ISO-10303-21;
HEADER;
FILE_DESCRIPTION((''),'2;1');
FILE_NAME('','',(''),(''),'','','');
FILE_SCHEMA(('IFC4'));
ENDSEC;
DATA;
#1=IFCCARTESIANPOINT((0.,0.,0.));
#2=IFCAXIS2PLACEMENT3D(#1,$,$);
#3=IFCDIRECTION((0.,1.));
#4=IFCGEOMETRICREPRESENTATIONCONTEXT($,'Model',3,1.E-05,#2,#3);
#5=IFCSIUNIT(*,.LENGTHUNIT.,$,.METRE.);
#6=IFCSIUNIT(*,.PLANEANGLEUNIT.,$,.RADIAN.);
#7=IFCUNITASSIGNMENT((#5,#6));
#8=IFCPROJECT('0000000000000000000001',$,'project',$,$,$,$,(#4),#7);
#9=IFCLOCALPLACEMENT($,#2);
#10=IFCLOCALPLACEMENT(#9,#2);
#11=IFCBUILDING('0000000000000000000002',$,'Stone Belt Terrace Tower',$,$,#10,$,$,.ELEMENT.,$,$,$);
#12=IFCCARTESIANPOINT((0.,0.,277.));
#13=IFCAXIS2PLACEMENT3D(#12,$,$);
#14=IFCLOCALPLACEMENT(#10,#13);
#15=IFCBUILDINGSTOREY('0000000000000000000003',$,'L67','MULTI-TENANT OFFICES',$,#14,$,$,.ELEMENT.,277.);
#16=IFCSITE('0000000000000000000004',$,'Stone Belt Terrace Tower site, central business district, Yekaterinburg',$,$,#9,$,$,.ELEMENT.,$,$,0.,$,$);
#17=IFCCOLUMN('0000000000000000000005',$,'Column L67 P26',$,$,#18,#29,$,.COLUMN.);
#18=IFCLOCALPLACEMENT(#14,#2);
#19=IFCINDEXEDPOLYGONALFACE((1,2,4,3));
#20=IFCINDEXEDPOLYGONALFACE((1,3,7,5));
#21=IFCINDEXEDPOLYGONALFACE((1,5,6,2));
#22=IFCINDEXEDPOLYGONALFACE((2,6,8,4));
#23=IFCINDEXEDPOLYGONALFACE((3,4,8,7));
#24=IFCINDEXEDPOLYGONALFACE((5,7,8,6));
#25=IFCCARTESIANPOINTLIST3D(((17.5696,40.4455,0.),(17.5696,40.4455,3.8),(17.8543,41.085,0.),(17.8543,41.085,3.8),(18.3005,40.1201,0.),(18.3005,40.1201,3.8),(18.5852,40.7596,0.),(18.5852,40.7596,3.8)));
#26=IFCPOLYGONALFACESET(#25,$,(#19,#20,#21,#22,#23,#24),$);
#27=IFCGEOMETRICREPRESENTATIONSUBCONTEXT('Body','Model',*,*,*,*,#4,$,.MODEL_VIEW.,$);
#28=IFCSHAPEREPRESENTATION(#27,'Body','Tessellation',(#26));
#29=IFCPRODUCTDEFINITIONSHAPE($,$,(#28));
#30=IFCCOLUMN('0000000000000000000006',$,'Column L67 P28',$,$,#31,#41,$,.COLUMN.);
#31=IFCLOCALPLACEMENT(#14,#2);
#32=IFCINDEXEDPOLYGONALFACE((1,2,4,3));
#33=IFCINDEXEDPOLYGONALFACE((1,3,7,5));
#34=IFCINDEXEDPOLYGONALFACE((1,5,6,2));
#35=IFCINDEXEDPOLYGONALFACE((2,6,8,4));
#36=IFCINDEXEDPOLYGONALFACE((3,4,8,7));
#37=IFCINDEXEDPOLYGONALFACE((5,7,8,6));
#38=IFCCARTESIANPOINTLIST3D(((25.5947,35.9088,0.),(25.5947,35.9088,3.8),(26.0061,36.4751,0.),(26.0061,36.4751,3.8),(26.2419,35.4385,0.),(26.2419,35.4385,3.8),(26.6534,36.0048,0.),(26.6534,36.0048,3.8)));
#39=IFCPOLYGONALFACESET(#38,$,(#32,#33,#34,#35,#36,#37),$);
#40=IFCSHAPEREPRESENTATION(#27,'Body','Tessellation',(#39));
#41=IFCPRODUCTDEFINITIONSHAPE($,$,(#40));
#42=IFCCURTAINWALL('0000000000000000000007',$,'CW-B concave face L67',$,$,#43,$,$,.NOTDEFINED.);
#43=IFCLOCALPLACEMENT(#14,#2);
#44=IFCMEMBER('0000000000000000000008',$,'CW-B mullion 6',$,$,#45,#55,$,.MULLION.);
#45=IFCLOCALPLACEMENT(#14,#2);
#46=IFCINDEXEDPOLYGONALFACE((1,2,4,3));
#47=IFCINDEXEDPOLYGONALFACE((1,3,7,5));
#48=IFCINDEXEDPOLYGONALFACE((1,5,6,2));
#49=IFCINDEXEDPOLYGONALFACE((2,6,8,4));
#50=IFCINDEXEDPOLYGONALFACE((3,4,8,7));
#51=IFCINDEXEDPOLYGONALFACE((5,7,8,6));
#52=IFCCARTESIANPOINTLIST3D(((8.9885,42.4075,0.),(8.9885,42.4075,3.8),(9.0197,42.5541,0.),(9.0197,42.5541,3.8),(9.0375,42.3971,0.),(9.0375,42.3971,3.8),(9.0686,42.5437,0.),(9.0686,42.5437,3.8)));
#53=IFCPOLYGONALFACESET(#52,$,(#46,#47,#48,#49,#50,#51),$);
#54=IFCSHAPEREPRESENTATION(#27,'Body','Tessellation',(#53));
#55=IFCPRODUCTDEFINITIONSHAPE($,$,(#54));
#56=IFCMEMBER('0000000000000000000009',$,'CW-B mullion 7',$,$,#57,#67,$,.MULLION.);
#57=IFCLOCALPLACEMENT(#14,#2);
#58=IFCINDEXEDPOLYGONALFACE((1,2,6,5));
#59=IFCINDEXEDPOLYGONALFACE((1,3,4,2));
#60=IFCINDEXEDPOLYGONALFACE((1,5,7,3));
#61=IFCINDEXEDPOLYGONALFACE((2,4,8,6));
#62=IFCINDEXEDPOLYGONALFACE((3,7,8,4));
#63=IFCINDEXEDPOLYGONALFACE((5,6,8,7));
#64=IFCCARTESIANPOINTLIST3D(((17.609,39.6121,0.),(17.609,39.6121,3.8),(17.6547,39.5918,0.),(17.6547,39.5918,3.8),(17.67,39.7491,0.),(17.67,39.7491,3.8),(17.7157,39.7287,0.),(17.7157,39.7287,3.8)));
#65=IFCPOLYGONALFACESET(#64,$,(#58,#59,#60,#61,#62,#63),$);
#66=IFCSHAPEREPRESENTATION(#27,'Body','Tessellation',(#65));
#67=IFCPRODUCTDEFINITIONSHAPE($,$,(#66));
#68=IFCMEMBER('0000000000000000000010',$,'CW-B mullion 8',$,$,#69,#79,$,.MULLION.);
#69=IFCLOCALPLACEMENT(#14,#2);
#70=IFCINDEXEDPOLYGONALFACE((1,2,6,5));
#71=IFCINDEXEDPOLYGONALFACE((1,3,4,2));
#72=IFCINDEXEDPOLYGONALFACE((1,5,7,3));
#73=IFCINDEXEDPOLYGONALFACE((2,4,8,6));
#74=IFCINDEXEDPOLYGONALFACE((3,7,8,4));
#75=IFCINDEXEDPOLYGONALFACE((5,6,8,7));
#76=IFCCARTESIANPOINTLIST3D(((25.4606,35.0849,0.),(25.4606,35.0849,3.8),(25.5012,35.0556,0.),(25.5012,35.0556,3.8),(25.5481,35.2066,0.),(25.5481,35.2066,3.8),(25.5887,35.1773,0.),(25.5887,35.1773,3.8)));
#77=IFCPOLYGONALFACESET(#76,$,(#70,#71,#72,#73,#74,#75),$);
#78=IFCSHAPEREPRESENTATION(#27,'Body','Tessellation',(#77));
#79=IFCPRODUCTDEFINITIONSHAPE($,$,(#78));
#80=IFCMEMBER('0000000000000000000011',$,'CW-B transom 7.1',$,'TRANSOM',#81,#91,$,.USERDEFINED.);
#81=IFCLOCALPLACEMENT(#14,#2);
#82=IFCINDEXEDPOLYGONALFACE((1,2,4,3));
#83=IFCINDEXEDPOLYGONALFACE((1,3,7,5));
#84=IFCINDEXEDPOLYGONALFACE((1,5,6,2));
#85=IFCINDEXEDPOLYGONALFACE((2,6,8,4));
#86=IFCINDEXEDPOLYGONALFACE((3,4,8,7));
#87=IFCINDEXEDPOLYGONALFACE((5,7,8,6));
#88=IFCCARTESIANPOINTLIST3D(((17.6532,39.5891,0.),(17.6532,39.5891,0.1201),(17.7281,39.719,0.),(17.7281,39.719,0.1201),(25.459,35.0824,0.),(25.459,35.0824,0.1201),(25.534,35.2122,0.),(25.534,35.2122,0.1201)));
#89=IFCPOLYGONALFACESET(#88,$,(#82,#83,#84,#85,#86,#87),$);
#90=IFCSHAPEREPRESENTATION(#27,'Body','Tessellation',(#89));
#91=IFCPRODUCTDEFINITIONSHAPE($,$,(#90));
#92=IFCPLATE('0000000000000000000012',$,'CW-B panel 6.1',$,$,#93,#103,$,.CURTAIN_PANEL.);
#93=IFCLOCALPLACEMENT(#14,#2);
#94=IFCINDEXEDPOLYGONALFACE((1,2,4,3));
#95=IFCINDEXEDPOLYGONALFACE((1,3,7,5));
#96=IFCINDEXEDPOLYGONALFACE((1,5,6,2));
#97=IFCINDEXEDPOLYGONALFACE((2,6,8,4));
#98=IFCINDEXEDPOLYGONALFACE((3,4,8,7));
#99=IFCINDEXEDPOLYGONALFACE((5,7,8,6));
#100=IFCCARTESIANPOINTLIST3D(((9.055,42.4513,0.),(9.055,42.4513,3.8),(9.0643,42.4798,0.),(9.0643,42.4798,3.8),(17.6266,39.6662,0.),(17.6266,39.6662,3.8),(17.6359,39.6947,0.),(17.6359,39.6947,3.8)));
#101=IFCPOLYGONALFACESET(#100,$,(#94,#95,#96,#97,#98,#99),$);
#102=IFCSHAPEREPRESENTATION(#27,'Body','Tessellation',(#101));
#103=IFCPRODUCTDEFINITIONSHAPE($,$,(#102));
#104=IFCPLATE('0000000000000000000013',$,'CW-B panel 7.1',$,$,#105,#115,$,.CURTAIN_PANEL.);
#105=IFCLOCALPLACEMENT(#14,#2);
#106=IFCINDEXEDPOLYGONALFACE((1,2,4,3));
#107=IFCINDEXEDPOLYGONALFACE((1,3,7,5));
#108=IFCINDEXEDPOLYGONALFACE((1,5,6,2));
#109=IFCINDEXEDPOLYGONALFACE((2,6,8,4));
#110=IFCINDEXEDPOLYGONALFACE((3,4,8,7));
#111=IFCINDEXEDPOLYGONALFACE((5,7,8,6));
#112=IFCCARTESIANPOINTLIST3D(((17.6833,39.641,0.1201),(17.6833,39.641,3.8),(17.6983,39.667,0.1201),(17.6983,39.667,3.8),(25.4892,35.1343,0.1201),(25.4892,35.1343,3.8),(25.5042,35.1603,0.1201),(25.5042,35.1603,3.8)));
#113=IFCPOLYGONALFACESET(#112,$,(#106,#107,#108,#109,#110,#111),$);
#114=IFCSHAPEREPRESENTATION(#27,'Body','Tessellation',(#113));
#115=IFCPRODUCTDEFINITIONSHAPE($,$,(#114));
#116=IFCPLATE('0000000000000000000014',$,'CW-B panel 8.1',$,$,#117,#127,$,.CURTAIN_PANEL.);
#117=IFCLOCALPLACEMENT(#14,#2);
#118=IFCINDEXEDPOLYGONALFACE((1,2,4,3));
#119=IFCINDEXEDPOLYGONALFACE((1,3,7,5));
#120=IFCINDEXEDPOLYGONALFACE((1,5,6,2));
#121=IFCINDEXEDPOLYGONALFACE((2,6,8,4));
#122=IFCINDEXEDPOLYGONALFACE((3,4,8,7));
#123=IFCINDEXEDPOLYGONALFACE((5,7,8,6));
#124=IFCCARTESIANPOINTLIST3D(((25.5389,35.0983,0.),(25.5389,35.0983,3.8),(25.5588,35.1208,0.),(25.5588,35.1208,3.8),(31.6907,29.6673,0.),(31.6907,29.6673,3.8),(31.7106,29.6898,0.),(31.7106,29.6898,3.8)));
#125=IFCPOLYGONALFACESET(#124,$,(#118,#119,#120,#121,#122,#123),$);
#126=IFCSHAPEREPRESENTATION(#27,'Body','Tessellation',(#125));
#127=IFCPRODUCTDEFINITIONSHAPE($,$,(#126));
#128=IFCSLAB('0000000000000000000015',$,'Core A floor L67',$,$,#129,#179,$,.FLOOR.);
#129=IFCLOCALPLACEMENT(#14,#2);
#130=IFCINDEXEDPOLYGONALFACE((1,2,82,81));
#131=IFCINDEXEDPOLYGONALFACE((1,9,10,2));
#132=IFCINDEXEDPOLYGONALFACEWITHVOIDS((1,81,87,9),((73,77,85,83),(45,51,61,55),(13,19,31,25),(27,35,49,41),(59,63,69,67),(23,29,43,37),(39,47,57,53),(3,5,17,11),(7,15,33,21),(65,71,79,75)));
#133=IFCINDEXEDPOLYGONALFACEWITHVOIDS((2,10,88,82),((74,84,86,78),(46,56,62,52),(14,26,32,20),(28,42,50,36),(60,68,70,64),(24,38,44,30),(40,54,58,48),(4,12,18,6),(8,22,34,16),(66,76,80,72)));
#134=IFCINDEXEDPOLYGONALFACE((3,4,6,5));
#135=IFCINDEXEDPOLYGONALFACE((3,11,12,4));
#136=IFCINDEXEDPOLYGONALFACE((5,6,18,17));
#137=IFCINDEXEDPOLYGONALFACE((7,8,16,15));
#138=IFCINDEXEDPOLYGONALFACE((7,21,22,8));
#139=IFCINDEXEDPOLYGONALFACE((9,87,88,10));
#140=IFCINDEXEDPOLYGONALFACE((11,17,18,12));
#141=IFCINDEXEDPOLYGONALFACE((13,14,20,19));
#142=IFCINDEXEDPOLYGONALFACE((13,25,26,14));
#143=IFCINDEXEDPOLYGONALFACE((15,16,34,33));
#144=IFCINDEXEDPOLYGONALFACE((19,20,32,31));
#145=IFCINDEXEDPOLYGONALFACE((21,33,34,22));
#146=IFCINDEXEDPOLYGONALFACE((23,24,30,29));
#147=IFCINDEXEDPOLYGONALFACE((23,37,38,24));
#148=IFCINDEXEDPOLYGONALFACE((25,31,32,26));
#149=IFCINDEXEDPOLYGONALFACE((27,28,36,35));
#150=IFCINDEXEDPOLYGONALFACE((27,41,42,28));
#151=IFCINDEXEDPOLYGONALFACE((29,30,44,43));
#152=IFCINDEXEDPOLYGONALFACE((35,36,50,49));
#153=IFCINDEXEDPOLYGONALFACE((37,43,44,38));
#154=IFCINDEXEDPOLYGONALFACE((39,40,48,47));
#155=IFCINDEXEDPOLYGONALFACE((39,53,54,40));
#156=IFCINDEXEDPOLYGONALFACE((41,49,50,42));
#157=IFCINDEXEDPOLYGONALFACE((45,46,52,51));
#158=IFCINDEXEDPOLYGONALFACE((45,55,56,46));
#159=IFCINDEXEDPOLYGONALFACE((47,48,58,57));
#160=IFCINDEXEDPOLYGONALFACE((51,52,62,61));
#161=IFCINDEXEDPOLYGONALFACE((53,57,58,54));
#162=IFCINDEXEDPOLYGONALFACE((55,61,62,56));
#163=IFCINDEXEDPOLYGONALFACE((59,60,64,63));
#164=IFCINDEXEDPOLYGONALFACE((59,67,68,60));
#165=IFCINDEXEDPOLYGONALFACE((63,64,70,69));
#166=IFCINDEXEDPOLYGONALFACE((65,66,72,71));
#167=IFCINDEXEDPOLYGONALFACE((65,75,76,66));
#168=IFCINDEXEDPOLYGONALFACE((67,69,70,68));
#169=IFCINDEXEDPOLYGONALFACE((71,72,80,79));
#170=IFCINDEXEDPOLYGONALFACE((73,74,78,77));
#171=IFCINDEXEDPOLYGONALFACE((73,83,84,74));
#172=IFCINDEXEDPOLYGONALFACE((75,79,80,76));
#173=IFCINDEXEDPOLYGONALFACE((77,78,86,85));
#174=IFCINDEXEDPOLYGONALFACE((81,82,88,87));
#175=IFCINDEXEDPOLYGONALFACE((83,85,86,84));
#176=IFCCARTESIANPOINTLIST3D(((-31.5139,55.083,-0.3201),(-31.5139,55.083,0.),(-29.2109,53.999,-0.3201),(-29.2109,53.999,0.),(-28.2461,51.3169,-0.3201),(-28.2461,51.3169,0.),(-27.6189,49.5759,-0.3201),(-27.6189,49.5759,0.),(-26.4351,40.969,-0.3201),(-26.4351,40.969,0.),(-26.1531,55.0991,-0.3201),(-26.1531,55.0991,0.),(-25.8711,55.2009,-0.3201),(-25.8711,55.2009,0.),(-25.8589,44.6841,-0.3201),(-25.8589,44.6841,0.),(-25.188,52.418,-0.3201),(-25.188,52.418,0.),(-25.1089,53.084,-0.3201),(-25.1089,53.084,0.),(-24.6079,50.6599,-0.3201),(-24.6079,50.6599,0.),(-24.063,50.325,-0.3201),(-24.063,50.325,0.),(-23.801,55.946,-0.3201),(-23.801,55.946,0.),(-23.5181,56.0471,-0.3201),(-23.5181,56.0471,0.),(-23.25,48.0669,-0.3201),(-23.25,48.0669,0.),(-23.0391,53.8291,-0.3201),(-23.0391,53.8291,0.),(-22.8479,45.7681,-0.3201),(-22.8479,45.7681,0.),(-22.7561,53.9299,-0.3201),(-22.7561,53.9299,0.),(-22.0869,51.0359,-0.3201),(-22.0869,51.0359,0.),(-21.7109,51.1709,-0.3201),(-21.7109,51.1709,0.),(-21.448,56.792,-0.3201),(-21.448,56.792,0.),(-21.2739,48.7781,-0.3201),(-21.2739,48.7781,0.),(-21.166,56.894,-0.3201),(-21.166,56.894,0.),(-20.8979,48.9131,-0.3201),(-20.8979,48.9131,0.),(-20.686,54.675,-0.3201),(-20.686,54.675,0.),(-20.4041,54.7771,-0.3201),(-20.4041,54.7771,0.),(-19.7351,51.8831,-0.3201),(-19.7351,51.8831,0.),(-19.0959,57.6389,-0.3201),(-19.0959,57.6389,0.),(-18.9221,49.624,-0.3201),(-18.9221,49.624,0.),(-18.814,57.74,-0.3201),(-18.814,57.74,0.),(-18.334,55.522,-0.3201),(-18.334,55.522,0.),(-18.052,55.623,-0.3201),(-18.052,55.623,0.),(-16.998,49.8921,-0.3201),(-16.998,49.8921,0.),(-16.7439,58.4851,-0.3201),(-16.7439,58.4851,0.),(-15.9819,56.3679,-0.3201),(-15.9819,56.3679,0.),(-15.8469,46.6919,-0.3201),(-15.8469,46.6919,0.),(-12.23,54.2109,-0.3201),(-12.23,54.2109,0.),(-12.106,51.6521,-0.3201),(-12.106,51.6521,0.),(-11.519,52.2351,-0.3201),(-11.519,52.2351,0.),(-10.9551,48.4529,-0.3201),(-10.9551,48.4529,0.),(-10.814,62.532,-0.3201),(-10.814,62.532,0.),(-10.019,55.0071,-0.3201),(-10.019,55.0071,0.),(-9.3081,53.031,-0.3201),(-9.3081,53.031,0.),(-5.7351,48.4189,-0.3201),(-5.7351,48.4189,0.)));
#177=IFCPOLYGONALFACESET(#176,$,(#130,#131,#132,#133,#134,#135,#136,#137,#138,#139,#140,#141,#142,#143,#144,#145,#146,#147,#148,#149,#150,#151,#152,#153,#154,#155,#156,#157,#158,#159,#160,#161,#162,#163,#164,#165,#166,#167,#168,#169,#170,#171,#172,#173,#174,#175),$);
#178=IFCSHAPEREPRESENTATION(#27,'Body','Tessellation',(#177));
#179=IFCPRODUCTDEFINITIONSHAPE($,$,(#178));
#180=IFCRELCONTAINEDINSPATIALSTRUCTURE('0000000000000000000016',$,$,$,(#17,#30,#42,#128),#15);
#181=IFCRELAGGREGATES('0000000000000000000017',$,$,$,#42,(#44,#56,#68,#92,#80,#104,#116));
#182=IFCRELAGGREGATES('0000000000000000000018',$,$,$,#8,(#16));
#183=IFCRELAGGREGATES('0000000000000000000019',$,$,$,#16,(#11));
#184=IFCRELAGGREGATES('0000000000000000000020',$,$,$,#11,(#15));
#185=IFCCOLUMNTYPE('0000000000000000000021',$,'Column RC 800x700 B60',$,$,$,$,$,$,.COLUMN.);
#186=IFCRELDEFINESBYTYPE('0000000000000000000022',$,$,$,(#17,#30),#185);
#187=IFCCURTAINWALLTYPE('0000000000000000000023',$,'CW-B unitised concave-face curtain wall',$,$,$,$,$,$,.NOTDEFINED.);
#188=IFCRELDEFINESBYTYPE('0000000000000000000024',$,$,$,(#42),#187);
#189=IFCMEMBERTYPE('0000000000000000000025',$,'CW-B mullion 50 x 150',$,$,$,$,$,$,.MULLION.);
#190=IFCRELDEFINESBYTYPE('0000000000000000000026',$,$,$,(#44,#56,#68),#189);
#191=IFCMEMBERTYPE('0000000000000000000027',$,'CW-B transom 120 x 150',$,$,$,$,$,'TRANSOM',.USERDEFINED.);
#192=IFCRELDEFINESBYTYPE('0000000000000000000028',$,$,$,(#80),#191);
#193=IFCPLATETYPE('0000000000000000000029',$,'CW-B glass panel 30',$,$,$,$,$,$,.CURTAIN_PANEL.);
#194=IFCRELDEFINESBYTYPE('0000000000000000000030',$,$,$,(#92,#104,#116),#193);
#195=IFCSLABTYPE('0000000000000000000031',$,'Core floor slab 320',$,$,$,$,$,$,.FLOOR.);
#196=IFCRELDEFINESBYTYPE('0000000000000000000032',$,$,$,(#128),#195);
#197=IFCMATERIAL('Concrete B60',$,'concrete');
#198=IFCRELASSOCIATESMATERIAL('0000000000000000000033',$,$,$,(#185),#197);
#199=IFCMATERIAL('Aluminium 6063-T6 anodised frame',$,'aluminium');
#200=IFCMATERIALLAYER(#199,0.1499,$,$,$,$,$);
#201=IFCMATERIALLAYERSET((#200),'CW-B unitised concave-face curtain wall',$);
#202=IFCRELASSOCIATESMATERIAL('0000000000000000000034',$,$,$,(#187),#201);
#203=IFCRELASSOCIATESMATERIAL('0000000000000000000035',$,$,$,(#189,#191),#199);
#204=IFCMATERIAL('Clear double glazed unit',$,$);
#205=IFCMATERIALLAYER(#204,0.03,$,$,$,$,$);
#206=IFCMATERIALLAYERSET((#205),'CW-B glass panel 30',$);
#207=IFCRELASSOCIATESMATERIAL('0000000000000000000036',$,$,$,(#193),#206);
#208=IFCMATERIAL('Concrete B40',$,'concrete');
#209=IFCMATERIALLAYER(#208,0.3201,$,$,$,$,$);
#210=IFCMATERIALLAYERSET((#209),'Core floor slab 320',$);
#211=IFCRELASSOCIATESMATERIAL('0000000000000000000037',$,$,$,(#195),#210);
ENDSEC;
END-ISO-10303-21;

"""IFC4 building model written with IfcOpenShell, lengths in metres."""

from ifc_helpers import new_model, si_unit, direction, frame, origin, origin_2d, place, context, subcontext, project, spatial, polyline, rectangle, outline, extrude, material, layer, layer_set, material_profile, profile_set, type_object, element, aggregate, save


model = new_model("IFC4")

# Units and contexts
model_context = context("Model", 3, precision=1e-05, world=origin(), true_north=direction((0.0, 1.0)))
body_context = subcontext(model_context, "Body", "Model", "MODEL_VIEW")
ifc_project = project(units=[si_unit("LENGTHUNIT", "METRE"), si_unit("PLANEANGLEUNIT", "RADIAN")], contexts=[model_context])

# Site, building, storey
site_placement = place(None, origin())
site = spatial("IfcSite", under=ifc_project, at=site_placement, Name="Stone Belt Terrace Tower site, central business district, Yekaterinburg", CompositionType="ELEMENT", RefElevation=0.0)
building_placement = place(site_placement, origin())
building = spatial("IfcBuilding", under=site, at=building_placement, Name="Stone Belt Terrace Tower", CompositionType="ELEMENT")
storey_placement = place(building_placement, frame((0.0, 0.0, 277.0)))
storey = spatial("IfcBuildingStorey", under=building, at=storey_placement, Name="L67", Description="MULTI-TENANT OFFICES", CompositionType="ELEMENT", Elevation=277.0)

# Columns
ifc_material_1 = material(Name="Concrete B60", Category="concrete")
ifc_material_profile_1 = material_profile(ifc_material_1, rectangle(XDim=0.8, YDim=0.7, at=origin_2d()), Name="RC 800x700")
ifc_profile_set_1 = profile_set([ifc_material_profile_1], Name="Concrete B60")
column_type = type_object("IfcColumnType", Name="Column RC 800x700 B60", PredefinedType="COLUMN", material=ifc_profile_set_1)
for number, where, z_axis, x_axis, name in (
    (1, (18.0774, 40.6025, 0.0), (0.0, 0.0, 1.0), (0.913545, -0.406737, 0.0), "Column L67 P26"),
    (2, (26.124, 35.9568, 0.0), (0.0, 0.0, 1.0), (0.809017, -0.587785, 0.0), "Column L67 P28"),
):
    element("IfcColumn", number, at=place(storey_placement, frame(where, z_axis=z_axis, x_axis=x_axis)), inside=storey, type_object=column_type, Name=name, PredefinedType="COLUMN", context=body_context, shape_type="SweptSolid", body=[
        extrude(rectangle(XDim=0.8, YDim=0.7, at=origin_2d()), origin(), (0.0, 0.0, 1.0), 3.8),
    ])

# Curtain wall, members, plates
ifc_material_2 = material(Name="Aluminium 6063-T6 anodised frame", Category="aluminium")
ifc_layer_1 = layer(ifc_material_2, 0.1499)
ifc_layer_set_1 = layer_set([ifc_layer_1], Name="CW-B unitised concave-face curtain wall")
curtain_wall_type = type_object("IfcCurtainWallType", Name="CW-B unitised concave-face curtain wall", PredefinedType="NOTDEFINED", material=ifc_layer_set_1)
curtain_wall_placement = place(storey_placement, origin())
curtain_wall = element("IfcCurtainWall", 3, at=curtain_wall_placement, inside=storey, type_object=curtain_wall_type, Name="CW-B concave face L67", PredefinedType="NOTDEFINED")
ifc_material_profile_2 = material_profile(ifc_material_2, rectangle(XDim=0.1499, YDim=0.05, at=origin_2d()), Name="Aluminium 6063-T6 50x150")
ifc_profile_set_2 = profile_set([ifc_material_profile_2], Name="Aluminium 6063-T6 anodised frame")
member_type_1 = type_object("IfcMemberType", Name="CW-B mullion 50 x 150", PredefinedType="MULLION", material=ifc_profile_set_2)
member_1_placement = place(storey_placement, frame((9.0286, 42.4756, 0.0), z_axis=(0.0, 0.0, 1.0), x_axis=(0.207912, 0.978148, 0.0)))
member_1 = element("IfcMember", 4, at=member_1_placement, type_object=member_type_1, Name="CW-B mullion 6", PredefinedType="MULLION", context=body_context, shape_type="SweptSolid", body=[
    extrude(rectangle(XDim=0.1499, YDim=0.05, at=origin_2d()), origin(), (0.0, 0.0, 1.0), 3.8),
])
member_2_placement = place(storey_placement, frame((17.6624, 39.6704, 0.0), z_axis=(0.0, 0.0, 1.0), x_axis=(0.406737, 0.913545, 0.0)))
member_2 = element("IfcMember", 5, at=member_2_placement, type_object=member_type_1, Name="CW-B mullion 7", PredefinedType="MULLION", context=body_context, shape_type="SweptSolid", body=[
    extrude(rectangle(XDim=0.1499, YDim=0.05, at=origin_2d()), origin(), (0.0, 0.0, 1.0), 3.8),
])
member_3_placement = place(storey_placement, frame((25.5247, 35.1311, 0.0), z_axis=(0.0, 0.0, 1.0), x_axis=(0.583819, 0.811884, 0.0)))
member_3 = element("IfcMember", 6, at=member_3_placement, type_object=member_type_1, Name="CW-B mullion 8", PredefinedType="MULLION", context=body_context, shape_type="SweptSolid", body=[
    extrude(rectangle(XDim=0.1499, YDim=0.05, at=origin_2d()), origin(), (0.0, 0.0, 1.0), 3.8),
])
ifc_material_profile_3 = material_profile(ifc_material_2, rectangle(XDim=0.1499, YDim=0.1201, at=origin_2d()), Name="Aluminium 6063-T6 150x120")
ifc_profile_set_3 = profile_set([ifc_material_profile_3], Name="Aluminium 6063-T6 anodised frame")
member_type_2 = type_object("IfcMemberType", Name="CW-B transom 120 x 150", ElementType="TRANSOM", PredefinedType="USERDEFINED", material=ifc_profile_set_3)
member_4_placement = place(storey_placement, frame((17.6907, 39.6541, 0.0601), z_axis=(0.866021, -0.500008, 0.0), x_axis=(0.500008, 0.866021, 0.0)))
member_4 = element("IfcMember", 7, at=member_4_placement, type_object=member_type_2, Name="CW-B transom 7.1", ObjectType="TRANSOM", PredefinedType="USERDEFINED", context=body_context, shape_type="SweptSolid", body=[
    extrude(rectangle(XDim=0.1499, YDim=0.1201, at=origin_2d()), origin(), (0.0, 0.0, 1.0), 9.0134),
])
ifc_material_3 = material(Name="Clear double glazed unit")
ifc_layer_2 = layer(ifc_material_3, 0.03)
ifc_layer_set_2 = layer_set([ifc_layer_2], Name="CW-B glass panel 30")
plate_type = type_object("IfcPlateType", Name="CW-B glass panel 30", PredefinedType="CURTAIN_PANEL", material=ifc_layer_set_2)
plate_1_placement = place(storey_placement, frame((13.3455, 41.073, 0.0), z_axis=(0.0, 0.0, 1.0), x_axis=(0.951057, -0.309017, 0.0)))
plate_1 = element("IfcPlate", 8, at=plate_1_placement, type_object=plate_type, Name="CW-B panel 6.1", PredefinedType="CURTAIN_PANEL", context=body_context, shape_type="SweptSolid", body=[
    extrude(rectangle(XDim=9.0127, YDim=0.03, at=origin_2d()), origin(), (0.0, 0.0, 1.0), 3.8),
])
plate_2_placement = place(storey_placement, frame((21.5938, 37.4006, 0.1201), z_axis=(0.0, 0.0, 1.0), x_axis=(0.866025, -0.5, 0.0)))
plate_2 = element("IfcPlate", 9, at=plate_2_placement, type_object=plate_type, Name="CW-B panel 7.1", PredefinedType="CURTAIN_PANEL", context=body_context, shape_type="SweptSolid", body=[
    extrude(rectangle(XDim=9.0134, YDim=0.03, at=origin_2d()), origin(), (0.0, 0.0, 1.0), 3.6799),
])
plate_3_placement = place(storey_placement, frame((28.6248, 32.394, 0.0), z_axis=(0.0, 0.0, 1.0), x_axis=(0.749659, -0.661825, 0.0)))
plate_3 = element("IfcPlate", 10, at=plate_3_placement, type_object=plate_type, Name="CW-B panel 8.1", PredefinedType="CURTAIN_PANEL", context=body_context, shape_type="SweptSolid", body=[
    extrude(rectangle(XDim=8.2061, YDim=0.03, at=origin_2d()), origin(), (0.0, 0.0, 1.0), 3.8),
])
aggregate(curtain_wall, [member_1, member_2, member_3, plate_1, member_4, plate_2, plate_3])

# Slab
ifc_material_4 = material(Name="Concrete B40", Category="concrete")
ifc_layer_3 = layer(ifc_material_4, 0.3201)
ifc_layer_set_3 = layer_set([ifc_layer_3], Name="Core floor slab 320")
slab_type_1 = type_object("IfcSlabType", Name="Core floor slab 320", PredefinedType="FLOOR", material=ifc_layer_set_3)
slab_1_placement = place(storey_placement, frame((0.0, 0.0, -0.3201)))
element("IfcSlab", 11, at=slab_1_placement, inside=storey, type_object=slab_type_1, Name="Core A floor L67", PredefinedType="FLOOR", context=body_context, shape_type="SweptSolid", body=[
    extrude(outline(polyline([(-26.4351, 40.969), (-5.7351, 48.4189), (-10.814, 62.532), (-31.5139, 55.083), (-26.4351, 40.969)]), holes=[polyline([(-24.6079, 50.6599), (-22.8479, 45.7681), (-25.8589, 44.6841), (-27.6189, 49.5759), (-24.6079, 50.6599)]), polyline([(-10.9551, 48.4529), (-15.8469, 46.6919), (-16.998, 49.8921), (-12.106, 51.6521), (-10.9551, 48.4529)]), polyline([(-22.0869, 51.0359), (-21.2739, 48.7781), (-23.25, 48.0669), (-24.063, 50.325), (-22.0869, 51.0359)]), polyline([(-18.9221, 49.624), (-20.8979, 48.9131), (-21.7109, 51.1709), (-19.7351, 51.8831), (-18.9221, 49.624)]), polyline([(-29.2109, 53.999), (-26.1531, 55.0991), (-25.188, 52.418), (-28.2461, 51.3169), (-29.2109, 53.999)]), polyline([(-10.019, 55.0071), (-9.3081, 53.031), (-11.519, 52.2351), (-12.23, 54.2109), (-10.019, 55.0071)]), polyline([(-25.8711, 55.2009), (-23.801, 55.946), (-23.0391, 53.8291), (-25.1089, 53.084), (-25.8711, 55.2009)]), polyline([(-23.5181, 56.0471), (-21.448, 56.792), (-20.686, 54.675), (-22.7561, 53.9299), (-23.5181, 56.0471)]), polyline([(-19.0959, 57.6389), (-18.334, 55.522), (-20.4041, 54.7771), (-21.166, 56.894), (-19.0959, 57.6389)]), polyline([(-16.7439, 58.4851), (-15.9819, 56.3679), (-18.052, 55.623), (-18.814, 57.74), (-16.7439, 58.4851)])]), origin(), (0.0, 0.0, 1.0), 0.3201),
])

save(model, "model.ifc")
